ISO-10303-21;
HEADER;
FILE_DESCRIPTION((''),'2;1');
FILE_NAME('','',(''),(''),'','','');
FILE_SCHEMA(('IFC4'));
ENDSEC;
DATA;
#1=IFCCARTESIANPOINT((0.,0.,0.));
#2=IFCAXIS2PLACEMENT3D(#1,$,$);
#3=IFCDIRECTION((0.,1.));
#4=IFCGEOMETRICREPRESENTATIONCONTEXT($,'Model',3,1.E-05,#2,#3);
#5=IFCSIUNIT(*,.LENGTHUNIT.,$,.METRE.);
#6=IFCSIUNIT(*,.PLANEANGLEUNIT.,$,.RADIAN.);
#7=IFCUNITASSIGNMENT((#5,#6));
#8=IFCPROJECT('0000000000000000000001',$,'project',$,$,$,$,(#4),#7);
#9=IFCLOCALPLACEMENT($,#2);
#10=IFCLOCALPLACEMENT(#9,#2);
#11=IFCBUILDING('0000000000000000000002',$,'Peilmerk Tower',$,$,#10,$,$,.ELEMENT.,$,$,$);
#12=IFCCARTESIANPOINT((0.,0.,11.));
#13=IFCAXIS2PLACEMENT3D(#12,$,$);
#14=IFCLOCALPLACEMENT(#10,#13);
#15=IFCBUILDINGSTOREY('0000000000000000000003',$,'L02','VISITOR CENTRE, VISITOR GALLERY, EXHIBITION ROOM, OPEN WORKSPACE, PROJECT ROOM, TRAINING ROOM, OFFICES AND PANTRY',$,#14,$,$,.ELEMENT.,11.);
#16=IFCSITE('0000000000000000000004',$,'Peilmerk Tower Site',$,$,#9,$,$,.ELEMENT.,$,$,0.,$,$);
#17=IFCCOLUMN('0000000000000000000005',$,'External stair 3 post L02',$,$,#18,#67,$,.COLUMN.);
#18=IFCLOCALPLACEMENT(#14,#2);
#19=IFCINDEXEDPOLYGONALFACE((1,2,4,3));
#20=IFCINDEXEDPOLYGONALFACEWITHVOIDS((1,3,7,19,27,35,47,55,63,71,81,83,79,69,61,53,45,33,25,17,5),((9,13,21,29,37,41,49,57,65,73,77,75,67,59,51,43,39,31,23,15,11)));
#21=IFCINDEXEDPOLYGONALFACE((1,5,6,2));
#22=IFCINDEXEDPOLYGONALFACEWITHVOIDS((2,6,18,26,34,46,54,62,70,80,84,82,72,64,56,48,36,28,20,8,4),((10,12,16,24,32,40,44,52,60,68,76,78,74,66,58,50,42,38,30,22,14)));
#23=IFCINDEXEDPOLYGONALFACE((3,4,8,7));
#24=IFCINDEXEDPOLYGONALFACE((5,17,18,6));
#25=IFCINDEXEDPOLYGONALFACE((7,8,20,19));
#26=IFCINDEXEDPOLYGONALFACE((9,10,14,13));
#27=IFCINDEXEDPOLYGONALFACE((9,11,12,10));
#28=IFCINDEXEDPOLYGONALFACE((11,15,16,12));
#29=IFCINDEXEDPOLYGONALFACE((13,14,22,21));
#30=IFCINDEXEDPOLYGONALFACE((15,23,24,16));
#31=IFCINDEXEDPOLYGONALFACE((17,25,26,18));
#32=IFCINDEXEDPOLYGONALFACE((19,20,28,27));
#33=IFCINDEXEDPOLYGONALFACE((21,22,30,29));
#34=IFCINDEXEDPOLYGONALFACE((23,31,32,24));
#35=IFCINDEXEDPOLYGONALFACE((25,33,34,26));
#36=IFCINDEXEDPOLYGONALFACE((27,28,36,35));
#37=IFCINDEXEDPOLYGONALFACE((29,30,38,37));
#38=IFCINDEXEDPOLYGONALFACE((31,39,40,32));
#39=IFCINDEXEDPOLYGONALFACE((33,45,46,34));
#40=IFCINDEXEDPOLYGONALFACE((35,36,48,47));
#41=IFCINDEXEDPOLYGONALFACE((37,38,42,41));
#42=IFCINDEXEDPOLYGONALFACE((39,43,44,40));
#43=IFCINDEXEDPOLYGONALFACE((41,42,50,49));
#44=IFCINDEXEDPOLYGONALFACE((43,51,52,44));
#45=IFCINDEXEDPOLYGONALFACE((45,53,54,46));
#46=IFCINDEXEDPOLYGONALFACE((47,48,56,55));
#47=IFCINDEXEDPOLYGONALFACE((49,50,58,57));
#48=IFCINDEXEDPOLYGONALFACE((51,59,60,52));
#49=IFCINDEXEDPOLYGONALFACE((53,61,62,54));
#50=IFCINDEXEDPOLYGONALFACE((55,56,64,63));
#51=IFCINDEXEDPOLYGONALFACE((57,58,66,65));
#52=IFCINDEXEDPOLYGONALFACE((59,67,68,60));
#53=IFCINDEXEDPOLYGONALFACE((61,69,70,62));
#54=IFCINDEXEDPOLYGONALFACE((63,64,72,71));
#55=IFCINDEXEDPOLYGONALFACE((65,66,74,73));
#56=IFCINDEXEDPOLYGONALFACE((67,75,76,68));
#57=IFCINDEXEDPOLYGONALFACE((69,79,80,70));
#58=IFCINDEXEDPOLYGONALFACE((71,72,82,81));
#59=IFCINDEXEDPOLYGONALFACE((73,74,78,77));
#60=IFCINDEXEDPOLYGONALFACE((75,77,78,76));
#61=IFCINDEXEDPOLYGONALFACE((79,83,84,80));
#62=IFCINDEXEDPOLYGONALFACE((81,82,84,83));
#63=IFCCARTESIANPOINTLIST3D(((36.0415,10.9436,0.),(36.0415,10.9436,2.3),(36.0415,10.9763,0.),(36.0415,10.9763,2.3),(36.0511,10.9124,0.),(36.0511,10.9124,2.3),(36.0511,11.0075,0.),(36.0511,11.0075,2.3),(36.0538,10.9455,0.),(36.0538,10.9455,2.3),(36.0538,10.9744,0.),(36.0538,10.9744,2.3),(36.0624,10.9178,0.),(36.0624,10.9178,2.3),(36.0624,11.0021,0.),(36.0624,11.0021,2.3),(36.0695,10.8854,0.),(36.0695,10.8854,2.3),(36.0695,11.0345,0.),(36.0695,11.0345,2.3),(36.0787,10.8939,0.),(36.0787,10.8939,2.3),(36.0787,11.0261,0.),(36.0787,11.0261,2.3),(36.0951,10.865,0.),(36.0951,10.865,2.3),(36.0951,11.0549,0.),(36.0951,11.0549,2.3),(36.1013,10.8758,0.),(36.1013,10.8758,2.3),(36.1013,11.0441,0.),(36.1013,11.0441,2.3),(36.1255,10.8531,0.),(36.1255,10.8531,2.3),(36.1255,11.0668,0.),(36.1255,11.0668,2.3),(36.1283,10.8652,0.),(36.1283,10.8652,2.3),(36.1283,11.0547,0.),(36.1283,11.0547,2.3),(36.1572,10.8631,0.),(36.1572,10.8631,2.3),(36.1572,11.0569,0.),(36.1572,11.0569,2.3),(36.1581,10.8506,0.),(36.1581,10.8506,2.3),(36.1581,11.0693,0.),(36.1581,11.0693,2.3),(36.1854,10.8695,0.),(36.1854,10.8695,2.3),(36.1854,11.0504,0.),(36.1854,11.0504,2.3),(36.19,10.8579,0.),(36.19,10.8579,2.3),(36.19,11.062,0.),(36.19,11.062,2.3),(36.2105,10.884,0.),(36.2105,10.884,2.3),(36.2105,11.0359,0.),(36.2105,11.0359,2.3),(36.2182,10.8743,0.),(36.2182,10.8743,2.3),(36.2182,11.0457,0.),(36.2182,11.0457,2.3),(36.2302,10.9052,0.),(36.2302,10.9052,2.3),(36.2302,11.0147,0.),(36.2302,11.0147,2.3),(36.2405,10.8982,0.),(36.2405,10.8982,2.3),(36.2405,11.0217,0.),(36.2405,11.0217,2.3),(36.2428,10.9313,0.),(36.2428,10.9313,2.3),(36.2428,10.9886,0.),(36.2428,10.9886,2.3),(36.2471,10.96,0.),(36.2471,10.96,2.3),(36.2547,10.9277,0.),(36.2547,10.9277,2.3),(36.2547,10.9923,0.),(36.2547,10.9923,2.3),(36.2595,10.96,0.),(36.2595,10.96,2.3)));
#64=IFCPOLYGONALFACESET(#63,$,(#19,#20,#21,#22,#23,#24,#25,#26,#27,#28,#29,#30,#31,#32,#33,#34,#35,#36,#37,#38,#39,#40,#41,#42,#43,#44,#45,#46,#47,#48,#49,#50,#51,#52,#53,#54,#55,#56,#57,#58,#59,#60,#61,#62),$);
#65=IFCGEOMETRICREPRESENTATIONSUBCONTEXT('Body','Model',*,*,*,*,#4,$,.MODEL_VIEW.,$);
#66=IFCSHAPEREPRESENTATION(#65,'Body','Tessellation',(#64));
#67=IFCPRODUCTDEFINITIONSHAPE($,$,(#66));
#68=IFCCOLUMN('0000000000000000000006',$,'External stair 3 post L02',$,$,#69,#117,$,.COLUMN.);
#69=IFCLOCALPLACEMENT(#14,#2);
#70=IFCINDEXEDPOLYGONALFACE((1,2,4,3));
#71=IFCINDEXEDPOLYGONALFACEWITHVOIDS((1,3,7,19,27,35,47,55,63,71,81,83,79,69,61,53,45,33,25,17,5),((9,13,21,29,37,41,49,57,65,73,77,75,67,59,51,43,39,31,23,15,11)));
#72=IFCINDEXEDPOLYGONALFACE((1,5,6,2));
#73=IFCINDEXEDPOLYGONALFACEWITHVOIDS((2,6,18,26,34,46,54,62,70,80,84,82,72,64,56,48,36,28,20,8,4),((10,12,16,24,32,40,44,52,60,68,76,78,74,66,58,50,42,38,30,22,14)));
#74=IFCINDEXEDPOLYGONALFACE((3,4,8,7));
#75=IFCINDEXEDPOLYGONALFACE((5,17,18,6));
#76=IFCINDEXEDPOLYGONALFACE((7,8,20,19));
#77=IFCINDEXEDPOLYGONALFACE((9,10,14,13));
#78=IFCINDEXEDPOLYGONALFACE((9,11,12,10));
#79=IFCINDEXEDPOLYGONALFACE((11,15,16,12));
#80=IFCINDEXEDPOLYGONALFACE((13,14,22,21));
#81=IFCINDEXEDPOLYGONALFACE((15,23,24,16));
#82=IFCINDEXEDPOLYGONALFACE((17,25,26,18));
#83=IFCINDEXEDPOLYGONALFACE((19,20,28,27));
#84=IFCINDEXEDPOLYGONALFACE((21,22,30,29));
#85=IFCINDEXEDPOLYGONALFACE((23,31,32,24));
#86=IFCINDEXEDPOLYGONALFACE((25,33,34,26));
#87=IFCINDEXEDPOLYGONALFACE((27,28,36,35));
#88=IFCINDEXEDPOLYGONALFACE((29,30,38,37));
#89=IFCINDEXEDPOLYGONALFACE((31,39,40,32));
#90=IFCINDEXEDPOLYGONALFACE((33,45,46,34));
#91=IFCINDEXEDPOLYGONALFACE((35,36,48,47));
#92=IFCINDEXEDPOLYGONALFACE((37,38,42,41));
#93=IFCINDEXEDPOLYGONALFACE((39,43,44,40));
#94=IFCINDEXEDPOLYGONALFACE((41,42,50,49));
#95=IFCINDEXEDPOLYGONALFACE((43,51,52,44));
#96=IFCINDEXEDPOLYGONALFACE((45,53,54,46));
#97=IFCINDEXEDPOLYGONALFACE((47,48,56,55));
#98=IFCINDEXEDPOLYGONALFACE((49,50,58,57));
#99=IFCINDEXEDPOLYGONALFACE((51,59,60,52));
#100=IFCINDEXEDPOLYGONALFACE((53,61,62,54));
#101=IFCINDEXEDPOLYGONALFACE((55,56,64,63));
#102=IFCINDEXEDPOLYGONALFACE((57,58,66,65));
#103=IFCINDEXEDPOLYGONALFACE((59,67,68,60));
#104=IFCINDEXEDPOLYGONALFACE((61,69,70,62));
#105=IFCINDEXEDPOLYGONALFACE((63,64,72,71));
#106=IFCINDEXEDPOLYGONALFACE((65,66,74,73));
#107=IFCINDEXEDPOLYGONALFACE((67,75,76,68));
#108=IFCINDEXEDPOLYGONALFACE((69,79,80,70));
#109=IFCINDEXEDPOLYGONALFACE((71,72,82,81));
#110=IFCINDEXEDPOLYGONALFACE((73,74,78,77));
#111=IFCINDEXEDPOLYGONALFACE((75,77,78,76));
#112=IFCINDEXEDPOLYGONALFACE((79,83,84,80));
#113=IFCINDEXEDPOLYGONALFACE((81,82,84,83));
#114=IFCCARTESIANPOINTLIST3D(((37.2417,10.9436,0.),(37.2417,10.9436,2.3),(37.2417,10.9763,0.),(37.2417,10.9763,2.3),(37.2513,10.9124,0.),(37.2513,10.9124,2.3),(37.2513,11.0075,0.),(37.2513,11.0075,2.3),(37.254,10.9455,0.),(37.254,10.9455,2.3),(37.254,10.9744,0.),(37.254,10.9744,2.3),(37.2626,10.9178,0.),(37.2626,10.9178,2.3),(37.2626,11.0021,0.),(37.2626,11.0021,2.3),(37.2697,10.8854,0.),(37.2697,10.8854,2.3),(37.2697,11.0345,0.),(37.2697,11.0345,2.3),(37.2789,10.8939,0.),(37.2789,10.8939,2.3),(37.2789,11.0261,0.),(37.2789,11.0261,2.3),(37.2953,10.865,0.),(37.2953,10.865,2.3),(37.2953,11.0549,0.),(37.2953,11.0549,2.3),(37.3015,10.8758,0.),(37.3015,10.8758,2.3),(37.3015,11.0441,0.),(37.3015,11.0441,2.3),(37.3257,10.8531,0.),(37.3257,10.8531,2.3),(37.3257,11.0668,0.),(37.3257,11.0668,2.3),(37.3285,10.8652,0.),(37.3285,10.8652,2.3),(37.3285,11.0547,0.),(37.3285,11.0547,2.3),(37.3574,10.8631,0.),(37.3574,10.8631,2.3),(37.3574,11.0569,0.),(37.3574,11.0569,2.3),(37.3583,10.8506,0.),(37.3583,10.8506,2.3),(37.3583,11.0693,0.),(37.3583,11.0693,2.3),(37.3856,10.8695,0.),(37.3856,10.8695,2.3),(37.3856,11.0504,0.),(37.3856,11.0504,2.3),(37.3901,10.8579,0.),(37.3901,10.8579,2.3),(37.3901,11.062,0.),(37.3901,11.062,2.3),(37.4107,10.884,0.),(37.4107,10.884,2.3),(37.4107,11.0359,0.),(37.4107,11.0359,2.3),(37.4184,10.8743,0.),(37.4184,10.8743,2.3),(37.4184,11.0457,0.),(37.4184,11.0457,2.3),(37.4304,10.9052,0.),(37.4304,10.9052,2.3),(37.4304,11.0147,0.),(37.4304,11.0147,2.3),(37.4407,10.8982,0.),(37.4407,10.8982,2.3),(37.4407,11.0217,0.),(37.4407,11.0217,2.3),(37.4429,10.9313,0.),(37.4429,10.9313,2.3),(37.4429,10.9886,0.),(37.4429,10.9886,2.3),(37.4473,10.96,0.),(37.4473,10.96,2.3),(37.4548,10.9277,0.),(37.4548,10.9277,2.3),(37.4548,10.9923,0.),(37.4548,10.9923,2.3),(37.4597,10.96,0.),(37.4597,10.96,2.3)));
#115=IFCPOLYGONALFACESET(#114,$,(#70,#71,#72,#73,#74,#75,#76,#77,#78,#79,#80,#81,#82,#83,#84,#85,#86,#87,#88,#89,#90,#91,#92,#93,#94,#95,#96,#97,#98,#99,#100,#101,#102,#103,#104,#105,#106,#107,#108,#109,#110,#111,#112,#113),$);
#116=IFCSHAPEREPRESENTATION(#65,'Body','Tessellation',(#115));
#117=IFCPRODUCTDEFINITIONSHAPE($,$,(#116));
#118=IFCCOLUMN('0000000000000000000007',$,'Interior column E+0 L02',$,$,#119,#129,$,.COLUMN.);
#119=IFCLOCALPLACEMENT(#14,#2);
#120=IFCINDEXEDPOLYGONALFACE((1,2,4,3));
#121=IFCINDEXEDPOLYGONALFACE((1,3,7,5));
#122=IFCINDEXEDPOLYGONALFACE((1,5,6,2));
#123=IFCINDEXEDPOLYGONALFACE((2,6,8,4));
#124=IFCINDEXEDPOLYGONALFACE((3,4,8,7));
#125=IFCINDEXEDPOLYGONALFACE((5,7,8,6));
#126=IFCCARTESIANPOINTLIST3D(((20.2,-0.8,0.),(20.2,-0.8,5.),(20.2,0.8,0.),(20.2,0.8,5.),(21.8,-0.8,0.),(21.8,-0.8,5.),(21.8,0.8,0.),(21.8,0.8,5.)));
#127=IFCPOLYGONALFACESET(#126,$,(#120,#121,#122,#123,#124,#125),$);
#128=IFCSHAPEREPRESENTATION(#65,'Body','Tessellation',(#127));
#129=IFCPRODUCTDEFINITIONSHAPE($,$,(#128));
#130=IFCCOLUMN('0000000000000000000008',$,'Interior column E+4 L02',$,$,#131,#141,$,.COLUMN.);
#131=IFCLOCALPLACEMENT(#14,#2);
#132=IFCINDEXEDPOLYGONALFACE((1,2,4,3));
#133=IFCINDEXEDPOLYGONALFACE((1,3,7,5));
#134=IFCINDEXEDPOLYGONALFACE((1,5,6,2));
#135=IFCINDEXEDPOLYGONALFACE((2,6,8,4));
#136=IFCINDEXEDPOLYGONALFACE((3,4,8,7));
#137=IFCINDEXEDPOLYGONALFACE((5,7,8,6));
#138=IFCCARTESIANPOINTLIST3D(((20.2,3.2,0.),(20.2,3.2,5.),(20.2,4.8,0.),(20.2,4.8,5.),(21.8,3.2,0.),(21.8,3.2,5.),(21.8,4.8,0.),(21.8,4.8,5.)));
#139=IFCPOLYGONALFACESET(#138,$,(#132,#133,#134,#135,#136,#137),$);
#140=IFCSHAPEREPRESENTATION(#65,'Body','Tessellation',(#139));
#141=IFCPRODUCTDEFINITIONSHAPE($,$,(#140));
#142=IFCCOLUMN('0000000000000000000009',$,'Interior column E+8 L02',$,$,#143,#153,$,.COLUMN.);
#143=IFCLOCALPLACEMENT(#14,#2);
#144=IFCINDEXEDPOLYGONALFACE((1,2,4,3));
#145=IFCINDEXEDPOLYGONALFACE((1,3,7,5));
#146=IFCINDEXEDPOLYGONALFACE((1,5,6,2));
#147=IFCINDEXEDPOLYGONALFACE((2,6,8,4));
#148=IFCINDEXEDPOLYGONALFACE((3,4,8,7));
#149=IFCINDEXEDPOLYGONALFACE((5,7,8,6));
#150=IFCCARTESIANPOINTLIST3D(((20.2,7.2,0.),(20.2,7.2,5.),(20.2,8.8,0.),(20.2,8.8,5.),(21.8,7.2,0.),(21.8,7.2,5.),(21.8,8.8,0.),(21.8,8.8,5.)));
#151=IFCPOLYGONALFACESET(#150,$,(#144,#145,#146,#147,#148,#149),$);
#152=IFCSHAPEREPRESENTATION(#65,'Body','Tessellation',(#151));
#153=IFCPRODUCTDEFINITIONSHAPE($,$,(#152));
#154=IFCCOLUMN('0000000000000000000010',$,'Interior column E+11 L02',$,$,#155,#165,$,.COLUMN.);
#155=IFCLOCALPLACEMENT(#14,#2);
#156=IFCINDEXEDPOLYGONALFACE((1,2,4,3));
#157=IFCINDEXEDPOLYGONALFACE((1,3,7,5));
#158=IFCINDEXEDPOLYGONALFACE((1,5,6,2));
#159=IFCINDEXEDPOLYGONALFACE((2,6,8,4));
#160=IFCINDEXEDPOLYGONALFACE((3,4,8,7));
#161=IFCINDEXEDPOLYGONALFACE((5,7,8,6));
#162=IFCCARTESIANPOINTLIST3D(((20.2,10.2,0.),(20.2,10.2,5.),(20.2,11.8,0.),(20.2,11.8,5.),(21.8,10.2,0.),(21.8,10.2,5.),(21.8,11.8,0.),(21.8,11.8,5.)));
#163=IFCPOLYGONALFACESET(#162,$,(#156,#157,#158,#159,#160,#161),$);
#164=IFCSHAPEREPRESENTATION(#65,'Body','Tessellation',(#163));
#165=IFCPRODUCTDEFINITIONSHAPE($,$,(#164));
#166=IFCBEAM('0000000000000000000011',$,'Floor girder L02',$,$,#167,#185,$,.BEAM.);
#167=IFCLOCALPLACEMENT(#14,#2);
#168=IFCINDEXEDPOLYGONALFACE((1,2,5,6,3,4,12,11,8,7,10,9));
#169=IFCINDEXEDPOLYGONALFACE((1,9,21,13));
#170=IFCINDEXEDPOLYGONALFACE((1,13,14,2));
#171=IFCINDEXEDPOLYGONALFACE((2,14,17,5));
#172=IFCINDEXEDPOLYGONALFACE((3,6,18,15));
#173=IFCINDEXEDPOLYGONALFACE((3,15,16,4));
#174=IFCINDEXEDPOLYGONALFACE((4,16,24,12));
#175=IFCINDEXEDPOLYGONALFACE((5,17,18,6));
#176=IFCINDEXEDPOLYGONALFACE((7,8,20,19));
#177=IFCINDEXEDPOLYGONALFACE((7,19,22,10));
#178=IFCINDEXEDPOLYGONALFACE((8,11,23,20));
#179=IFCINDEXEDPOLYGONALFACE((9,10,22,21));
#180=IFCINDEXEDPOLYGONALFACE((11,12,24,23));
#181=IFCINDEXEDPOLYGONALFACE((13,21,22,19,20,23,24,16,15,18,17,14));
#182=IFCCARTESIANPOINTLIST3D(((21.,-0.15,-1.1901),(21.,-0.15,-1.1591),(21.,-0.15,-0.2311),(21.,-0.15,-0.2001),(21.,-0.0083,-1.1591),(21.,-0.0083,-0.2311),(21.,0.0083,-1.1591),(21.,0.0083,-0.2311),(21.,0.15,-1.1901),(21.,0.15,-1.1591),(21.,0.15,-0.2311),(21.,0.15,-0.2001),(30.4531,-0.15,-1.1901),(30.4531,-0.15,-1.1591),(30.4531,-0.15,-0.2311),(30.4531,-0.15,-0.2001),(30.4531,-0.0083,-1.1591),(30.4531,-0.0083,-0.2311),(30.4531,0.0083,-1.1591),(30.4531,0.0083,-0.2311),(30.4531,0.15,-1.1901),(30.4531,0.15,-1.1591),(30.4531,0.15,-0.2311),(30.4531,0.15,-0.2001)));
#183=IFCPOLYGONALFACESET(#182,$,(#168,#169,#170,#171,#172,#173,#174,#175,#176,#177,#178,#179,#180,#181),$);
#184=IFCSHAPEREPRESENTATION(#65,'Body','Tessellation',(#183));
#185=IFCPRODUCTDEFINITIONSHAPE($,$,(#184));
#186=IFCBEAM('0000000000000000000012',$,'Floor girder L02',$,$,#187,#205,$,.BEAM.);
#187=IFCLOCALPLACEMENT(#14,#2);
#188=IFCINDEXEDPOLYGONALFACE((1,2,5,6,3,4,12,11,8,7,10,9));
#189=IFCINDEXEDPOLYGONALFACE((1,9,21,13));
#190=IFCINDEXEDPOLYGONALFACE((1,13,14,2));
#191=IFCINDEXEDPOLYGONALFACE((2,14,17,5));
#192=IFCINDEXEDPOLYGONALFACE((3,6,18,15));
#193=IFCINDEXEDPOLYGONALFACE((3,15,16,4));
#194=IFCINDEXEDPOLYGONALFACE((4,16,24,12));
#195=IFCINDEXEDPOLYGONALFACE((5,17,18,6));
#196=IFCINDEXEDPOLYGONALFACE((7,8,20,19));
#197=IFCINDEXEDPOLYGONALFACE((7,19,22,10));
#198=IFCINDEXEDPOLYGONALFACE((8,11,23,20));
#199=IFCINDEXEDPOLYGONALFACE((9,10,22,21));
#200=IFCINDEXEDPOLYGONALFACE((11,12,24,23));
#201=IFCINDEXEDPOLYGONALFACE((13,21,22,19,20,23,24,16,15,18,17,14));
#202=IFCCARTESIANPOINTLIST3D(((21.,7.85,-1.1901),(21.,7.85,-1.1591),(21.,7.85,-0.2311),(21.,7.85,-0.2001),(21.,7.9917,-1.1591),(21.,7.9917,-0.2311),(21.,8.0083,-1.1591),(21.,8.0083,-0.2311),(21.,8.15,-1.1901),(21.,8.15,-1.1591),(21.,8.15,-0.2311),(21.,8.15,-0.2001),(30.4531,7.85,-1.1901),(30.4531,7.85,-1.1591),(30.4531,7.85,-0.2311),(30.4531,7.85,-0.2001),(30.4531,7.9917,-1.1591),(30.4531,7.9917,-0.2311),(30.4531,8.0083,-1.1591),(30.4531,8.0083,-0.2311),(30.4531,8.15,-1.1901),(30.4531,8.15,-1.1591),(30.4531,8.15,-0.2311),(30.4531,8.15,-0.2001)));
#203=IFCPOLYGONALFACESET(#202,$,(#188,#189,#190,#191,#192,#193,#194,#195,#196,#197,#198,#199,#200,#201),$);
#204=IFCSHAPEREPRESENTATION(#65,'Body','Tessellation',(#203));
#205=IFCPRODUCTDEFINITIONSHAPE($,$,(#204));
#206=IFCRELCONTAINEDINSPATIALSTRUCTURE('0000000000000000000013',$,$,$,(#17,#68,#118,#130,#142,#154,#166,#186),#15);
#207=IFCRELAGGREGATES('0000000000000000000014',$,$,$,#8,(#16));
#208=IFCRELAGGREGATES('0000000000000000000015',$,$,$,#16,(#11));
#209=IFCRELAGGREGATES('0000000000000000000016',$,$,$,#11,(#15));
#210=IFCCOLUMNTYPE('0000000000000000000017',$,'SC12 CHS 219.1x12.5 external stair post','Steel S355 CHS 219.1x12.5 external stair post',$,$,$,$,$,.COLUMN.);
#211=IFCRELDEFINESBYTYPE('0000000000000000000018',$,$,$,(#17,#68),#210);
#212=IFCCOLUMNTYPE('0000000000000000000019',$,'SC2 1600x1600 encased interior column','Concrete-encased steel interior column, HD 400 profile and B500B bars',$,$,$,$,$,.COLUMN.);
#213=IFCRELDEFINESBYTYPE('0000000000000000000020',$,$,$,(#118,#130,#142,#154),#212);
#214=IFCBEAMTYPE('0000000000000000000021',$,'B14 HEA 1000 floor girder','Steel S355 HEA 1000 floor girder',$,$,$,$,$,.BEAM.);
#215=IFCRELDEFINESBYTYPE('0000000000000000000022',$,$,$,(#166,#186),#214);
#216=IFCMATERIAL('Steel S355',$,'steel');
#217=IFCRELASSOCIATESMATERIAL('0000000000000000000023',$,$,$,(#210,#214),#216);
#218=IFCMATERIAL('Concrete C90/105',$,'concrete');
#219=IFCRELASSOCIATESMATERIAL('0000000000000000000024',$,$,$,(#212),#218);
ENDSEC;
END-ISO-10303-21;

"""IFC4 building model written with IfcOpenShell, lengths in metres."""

from ifc_helpers import new_model, si_unit, direction, frame, origin, origin_2d, place, context, subcontext, project, spatial, rectangle, hollow_circle, i_section, extrude, material, material_profile, profile_set, type_object, element, save


model = new_model("IFC4")

# Units and contexts
model_context = context("Model", 3, precision=1e-05, world=origin(), true_north=direction((0.0, 1.0)))
body_context = subcontext(model_context, "Body", "Model", "MODEL_VIEW")
ifc_project = project(units=[si_unit("LENGTHUNIT", "METRE"), si_unit("PLANEANGLEUNIT", "RADIAN")], contexts=[model_context])

# Site, building, storey
site_placement = place(None, origin())
site = spatial("IfcSite", under=ifc_project, at=site_placement, Name="Peilmerk Tower Site", CompositionType="ELEMENT", RefElevation=0.0)
building_placement = place(site_placement, origin())
building = spatial("IfcBuilding", under=site, at=building_placement, Name="Peilmerk Tower", CompositionType="ELEMENT")
storey_placement = place(building_placement, frame((0.0, 0.0, 11.0)))
storey = spatial("IfcBuildingStorey", under=building, at=storey_placement, Name="L02", Description="VISITOR CENTRE, VISITOR GALLERY, EXHIBITION ROOM, OPEN WORKSPACE, PROJECT ROOM, TRAINING ROOM, OFFICES AND PANTRY", CompositionType="ELEMENT", Elevation=11.0)

# Columns
ifc_material_1 = material(Name="Concrete C90/105", Category="concrete")
ifc_material_2 = material(Name="Steel S355", Category="steel")
ifc_material_profile_1 = material_profile(ifc_material_2, hollow_circle(Radius=0.1096, WallThickness=0.0125, at=origin_2d()), Name="CHS 219.1x12.5")
ifc_profile_set_1 = profile_set([ifc_material_profile_1], Name="Steel S355")
column_type_1 = type_object("IfcColumnType", Name="SC12 CHS 219.1x12.5 external stair post", Description="Steel S355 CHS 219.1x12.5 external stair post", PredefinedType="COLUMN", material=ifc_profile_set_1)
for number, where, z_axis, x_axis, name in (
    (1, (36.1499, 10.96, 0.0), (0.0, 0.0, 1.0), (1.0, 0.0, 0.0), "External stair 3 post L02"),
    (2, (37.3501, 10.96, 0.0), (0.0, 0.0, 1.0), (1.0, 0.0, 0.0), "External stair 3 post L02"),
):
    element("IfcColumn", number, at=place(storey_placement, frame(where, z_axis=z_axis, x_axis=x_axis)), inside=storey, type_object=column_type_1, Name=name, PredefinedType="COLUMN", context=body_context, shape_type="SweptSolid", body=[
        extrude(hollow_circle(Radius=0.1096, WallThickness=0.0125, at=origin_2d()), origin(), (0.0, 0.0, 1.0), 2.3),
    ])
ifc_material_profile_2 = material_profile(ifc_material_1, rectangle(XDim=1.6001, YDim=1.6001, at=origin_2d()), Name="RC 1600x1600")
ifc_profile_set_2 = profile_set([ifc_material_profile_2], Name="Concrete C90/105")
column_type_2 = type_object("IfcColumnType", Name="SC2 1600x1600 encased interior column", Description="Concrete-encased steel interior column, HD 400 profile and B500B bars", PredefinedType="COLUMN", material=ifc_profile_set_2)
for number, where, z_axis, x_axis, name in (
    (3, (21.0, 0.0, 0.0), (0.0, 0.0, 1.0), (1.0, 0.0, 0.0), "Interior column E+0 L02"),
    (4, (21.0, 4.0, 0.0), (0.0, 0.0, 1.0), (1.0, 0.0, 0.0), "Interior column E+4 L02"),
    (5, (21.0, 8.0, 0.0), (0.0, 0.0, 1.0), (1.0, 0.0, 0.0), "Interior column E+8 L02"),
    (6, (21.0, 11.0, 0.0), (0.0, 0.0, 1.0), (1.0, 0.0, 0.0), "Interior column E+11 L02"),
):
    element("IfcColumn", number, at=place(storey_placement, frame(where, z_axis=z_axis, x_axis=x_axis)), inside=storey, type_object=column_type_2, Name=name, PredefinedType="COLUMN", context=body_context, shape_type="SweptSolid", body=[
        extrude(rectangle(XDim=1.6001, YDim=1.6001, at=origin_2d()), origin(), (0.0, 0.0, 1.0), 5.0),
    ])

# Beams
ifc_material_profile_3 = material_profile(ifc_material_2, i_section(OverallWidth=0.3, OverallDepth=0.99, WebThickness=0.0166, FlangeThickness=0.031, at=origin_2d()), Name="HEA 1000")
ifc_profile_set_3 = profile_set([ifc_material_profile_3], Name="Steel S355")
beam_type_1 = type_object("IfcBeamType", Name="B14 HEA 1000 floor girder", Description="Steel S355 HEA 1000 floor girder", PredefinedType="BEAM", material=ifc_profile_set_3)
for number, where, z_axis, x_axis, name in (
    (7, (21.0, 0.0, -0.6951), (1.0, 0.0, 0.0), (0.0, 1.0, 0.0), "Floor girder L02"),
    (8, (21.0, 8.0, -0.6951), (1.0, 0.0, 0.0), (0.0, 1.0, 0.0), "Floor girder L02"),
):
    element("IfcBeam", number, at=place(storey_placement, frame(where, z_axis=z_axis, x_axis=x_axis)), inside=storey, type_object=beam_type_1, Name=name, PredefinedType="BEAM", context=body_context, shape_type="SweptSolid", body=[
        extrude(i_section(OverallWidth=0.3, OverallDepth=0.99, WebThickness=0.0166, FlangeThickness=0.031, at=origin_2d()), origin(), (0.0, 0.0, 1.0), 9.4531),
    ])

save(model, "model.ifc")
